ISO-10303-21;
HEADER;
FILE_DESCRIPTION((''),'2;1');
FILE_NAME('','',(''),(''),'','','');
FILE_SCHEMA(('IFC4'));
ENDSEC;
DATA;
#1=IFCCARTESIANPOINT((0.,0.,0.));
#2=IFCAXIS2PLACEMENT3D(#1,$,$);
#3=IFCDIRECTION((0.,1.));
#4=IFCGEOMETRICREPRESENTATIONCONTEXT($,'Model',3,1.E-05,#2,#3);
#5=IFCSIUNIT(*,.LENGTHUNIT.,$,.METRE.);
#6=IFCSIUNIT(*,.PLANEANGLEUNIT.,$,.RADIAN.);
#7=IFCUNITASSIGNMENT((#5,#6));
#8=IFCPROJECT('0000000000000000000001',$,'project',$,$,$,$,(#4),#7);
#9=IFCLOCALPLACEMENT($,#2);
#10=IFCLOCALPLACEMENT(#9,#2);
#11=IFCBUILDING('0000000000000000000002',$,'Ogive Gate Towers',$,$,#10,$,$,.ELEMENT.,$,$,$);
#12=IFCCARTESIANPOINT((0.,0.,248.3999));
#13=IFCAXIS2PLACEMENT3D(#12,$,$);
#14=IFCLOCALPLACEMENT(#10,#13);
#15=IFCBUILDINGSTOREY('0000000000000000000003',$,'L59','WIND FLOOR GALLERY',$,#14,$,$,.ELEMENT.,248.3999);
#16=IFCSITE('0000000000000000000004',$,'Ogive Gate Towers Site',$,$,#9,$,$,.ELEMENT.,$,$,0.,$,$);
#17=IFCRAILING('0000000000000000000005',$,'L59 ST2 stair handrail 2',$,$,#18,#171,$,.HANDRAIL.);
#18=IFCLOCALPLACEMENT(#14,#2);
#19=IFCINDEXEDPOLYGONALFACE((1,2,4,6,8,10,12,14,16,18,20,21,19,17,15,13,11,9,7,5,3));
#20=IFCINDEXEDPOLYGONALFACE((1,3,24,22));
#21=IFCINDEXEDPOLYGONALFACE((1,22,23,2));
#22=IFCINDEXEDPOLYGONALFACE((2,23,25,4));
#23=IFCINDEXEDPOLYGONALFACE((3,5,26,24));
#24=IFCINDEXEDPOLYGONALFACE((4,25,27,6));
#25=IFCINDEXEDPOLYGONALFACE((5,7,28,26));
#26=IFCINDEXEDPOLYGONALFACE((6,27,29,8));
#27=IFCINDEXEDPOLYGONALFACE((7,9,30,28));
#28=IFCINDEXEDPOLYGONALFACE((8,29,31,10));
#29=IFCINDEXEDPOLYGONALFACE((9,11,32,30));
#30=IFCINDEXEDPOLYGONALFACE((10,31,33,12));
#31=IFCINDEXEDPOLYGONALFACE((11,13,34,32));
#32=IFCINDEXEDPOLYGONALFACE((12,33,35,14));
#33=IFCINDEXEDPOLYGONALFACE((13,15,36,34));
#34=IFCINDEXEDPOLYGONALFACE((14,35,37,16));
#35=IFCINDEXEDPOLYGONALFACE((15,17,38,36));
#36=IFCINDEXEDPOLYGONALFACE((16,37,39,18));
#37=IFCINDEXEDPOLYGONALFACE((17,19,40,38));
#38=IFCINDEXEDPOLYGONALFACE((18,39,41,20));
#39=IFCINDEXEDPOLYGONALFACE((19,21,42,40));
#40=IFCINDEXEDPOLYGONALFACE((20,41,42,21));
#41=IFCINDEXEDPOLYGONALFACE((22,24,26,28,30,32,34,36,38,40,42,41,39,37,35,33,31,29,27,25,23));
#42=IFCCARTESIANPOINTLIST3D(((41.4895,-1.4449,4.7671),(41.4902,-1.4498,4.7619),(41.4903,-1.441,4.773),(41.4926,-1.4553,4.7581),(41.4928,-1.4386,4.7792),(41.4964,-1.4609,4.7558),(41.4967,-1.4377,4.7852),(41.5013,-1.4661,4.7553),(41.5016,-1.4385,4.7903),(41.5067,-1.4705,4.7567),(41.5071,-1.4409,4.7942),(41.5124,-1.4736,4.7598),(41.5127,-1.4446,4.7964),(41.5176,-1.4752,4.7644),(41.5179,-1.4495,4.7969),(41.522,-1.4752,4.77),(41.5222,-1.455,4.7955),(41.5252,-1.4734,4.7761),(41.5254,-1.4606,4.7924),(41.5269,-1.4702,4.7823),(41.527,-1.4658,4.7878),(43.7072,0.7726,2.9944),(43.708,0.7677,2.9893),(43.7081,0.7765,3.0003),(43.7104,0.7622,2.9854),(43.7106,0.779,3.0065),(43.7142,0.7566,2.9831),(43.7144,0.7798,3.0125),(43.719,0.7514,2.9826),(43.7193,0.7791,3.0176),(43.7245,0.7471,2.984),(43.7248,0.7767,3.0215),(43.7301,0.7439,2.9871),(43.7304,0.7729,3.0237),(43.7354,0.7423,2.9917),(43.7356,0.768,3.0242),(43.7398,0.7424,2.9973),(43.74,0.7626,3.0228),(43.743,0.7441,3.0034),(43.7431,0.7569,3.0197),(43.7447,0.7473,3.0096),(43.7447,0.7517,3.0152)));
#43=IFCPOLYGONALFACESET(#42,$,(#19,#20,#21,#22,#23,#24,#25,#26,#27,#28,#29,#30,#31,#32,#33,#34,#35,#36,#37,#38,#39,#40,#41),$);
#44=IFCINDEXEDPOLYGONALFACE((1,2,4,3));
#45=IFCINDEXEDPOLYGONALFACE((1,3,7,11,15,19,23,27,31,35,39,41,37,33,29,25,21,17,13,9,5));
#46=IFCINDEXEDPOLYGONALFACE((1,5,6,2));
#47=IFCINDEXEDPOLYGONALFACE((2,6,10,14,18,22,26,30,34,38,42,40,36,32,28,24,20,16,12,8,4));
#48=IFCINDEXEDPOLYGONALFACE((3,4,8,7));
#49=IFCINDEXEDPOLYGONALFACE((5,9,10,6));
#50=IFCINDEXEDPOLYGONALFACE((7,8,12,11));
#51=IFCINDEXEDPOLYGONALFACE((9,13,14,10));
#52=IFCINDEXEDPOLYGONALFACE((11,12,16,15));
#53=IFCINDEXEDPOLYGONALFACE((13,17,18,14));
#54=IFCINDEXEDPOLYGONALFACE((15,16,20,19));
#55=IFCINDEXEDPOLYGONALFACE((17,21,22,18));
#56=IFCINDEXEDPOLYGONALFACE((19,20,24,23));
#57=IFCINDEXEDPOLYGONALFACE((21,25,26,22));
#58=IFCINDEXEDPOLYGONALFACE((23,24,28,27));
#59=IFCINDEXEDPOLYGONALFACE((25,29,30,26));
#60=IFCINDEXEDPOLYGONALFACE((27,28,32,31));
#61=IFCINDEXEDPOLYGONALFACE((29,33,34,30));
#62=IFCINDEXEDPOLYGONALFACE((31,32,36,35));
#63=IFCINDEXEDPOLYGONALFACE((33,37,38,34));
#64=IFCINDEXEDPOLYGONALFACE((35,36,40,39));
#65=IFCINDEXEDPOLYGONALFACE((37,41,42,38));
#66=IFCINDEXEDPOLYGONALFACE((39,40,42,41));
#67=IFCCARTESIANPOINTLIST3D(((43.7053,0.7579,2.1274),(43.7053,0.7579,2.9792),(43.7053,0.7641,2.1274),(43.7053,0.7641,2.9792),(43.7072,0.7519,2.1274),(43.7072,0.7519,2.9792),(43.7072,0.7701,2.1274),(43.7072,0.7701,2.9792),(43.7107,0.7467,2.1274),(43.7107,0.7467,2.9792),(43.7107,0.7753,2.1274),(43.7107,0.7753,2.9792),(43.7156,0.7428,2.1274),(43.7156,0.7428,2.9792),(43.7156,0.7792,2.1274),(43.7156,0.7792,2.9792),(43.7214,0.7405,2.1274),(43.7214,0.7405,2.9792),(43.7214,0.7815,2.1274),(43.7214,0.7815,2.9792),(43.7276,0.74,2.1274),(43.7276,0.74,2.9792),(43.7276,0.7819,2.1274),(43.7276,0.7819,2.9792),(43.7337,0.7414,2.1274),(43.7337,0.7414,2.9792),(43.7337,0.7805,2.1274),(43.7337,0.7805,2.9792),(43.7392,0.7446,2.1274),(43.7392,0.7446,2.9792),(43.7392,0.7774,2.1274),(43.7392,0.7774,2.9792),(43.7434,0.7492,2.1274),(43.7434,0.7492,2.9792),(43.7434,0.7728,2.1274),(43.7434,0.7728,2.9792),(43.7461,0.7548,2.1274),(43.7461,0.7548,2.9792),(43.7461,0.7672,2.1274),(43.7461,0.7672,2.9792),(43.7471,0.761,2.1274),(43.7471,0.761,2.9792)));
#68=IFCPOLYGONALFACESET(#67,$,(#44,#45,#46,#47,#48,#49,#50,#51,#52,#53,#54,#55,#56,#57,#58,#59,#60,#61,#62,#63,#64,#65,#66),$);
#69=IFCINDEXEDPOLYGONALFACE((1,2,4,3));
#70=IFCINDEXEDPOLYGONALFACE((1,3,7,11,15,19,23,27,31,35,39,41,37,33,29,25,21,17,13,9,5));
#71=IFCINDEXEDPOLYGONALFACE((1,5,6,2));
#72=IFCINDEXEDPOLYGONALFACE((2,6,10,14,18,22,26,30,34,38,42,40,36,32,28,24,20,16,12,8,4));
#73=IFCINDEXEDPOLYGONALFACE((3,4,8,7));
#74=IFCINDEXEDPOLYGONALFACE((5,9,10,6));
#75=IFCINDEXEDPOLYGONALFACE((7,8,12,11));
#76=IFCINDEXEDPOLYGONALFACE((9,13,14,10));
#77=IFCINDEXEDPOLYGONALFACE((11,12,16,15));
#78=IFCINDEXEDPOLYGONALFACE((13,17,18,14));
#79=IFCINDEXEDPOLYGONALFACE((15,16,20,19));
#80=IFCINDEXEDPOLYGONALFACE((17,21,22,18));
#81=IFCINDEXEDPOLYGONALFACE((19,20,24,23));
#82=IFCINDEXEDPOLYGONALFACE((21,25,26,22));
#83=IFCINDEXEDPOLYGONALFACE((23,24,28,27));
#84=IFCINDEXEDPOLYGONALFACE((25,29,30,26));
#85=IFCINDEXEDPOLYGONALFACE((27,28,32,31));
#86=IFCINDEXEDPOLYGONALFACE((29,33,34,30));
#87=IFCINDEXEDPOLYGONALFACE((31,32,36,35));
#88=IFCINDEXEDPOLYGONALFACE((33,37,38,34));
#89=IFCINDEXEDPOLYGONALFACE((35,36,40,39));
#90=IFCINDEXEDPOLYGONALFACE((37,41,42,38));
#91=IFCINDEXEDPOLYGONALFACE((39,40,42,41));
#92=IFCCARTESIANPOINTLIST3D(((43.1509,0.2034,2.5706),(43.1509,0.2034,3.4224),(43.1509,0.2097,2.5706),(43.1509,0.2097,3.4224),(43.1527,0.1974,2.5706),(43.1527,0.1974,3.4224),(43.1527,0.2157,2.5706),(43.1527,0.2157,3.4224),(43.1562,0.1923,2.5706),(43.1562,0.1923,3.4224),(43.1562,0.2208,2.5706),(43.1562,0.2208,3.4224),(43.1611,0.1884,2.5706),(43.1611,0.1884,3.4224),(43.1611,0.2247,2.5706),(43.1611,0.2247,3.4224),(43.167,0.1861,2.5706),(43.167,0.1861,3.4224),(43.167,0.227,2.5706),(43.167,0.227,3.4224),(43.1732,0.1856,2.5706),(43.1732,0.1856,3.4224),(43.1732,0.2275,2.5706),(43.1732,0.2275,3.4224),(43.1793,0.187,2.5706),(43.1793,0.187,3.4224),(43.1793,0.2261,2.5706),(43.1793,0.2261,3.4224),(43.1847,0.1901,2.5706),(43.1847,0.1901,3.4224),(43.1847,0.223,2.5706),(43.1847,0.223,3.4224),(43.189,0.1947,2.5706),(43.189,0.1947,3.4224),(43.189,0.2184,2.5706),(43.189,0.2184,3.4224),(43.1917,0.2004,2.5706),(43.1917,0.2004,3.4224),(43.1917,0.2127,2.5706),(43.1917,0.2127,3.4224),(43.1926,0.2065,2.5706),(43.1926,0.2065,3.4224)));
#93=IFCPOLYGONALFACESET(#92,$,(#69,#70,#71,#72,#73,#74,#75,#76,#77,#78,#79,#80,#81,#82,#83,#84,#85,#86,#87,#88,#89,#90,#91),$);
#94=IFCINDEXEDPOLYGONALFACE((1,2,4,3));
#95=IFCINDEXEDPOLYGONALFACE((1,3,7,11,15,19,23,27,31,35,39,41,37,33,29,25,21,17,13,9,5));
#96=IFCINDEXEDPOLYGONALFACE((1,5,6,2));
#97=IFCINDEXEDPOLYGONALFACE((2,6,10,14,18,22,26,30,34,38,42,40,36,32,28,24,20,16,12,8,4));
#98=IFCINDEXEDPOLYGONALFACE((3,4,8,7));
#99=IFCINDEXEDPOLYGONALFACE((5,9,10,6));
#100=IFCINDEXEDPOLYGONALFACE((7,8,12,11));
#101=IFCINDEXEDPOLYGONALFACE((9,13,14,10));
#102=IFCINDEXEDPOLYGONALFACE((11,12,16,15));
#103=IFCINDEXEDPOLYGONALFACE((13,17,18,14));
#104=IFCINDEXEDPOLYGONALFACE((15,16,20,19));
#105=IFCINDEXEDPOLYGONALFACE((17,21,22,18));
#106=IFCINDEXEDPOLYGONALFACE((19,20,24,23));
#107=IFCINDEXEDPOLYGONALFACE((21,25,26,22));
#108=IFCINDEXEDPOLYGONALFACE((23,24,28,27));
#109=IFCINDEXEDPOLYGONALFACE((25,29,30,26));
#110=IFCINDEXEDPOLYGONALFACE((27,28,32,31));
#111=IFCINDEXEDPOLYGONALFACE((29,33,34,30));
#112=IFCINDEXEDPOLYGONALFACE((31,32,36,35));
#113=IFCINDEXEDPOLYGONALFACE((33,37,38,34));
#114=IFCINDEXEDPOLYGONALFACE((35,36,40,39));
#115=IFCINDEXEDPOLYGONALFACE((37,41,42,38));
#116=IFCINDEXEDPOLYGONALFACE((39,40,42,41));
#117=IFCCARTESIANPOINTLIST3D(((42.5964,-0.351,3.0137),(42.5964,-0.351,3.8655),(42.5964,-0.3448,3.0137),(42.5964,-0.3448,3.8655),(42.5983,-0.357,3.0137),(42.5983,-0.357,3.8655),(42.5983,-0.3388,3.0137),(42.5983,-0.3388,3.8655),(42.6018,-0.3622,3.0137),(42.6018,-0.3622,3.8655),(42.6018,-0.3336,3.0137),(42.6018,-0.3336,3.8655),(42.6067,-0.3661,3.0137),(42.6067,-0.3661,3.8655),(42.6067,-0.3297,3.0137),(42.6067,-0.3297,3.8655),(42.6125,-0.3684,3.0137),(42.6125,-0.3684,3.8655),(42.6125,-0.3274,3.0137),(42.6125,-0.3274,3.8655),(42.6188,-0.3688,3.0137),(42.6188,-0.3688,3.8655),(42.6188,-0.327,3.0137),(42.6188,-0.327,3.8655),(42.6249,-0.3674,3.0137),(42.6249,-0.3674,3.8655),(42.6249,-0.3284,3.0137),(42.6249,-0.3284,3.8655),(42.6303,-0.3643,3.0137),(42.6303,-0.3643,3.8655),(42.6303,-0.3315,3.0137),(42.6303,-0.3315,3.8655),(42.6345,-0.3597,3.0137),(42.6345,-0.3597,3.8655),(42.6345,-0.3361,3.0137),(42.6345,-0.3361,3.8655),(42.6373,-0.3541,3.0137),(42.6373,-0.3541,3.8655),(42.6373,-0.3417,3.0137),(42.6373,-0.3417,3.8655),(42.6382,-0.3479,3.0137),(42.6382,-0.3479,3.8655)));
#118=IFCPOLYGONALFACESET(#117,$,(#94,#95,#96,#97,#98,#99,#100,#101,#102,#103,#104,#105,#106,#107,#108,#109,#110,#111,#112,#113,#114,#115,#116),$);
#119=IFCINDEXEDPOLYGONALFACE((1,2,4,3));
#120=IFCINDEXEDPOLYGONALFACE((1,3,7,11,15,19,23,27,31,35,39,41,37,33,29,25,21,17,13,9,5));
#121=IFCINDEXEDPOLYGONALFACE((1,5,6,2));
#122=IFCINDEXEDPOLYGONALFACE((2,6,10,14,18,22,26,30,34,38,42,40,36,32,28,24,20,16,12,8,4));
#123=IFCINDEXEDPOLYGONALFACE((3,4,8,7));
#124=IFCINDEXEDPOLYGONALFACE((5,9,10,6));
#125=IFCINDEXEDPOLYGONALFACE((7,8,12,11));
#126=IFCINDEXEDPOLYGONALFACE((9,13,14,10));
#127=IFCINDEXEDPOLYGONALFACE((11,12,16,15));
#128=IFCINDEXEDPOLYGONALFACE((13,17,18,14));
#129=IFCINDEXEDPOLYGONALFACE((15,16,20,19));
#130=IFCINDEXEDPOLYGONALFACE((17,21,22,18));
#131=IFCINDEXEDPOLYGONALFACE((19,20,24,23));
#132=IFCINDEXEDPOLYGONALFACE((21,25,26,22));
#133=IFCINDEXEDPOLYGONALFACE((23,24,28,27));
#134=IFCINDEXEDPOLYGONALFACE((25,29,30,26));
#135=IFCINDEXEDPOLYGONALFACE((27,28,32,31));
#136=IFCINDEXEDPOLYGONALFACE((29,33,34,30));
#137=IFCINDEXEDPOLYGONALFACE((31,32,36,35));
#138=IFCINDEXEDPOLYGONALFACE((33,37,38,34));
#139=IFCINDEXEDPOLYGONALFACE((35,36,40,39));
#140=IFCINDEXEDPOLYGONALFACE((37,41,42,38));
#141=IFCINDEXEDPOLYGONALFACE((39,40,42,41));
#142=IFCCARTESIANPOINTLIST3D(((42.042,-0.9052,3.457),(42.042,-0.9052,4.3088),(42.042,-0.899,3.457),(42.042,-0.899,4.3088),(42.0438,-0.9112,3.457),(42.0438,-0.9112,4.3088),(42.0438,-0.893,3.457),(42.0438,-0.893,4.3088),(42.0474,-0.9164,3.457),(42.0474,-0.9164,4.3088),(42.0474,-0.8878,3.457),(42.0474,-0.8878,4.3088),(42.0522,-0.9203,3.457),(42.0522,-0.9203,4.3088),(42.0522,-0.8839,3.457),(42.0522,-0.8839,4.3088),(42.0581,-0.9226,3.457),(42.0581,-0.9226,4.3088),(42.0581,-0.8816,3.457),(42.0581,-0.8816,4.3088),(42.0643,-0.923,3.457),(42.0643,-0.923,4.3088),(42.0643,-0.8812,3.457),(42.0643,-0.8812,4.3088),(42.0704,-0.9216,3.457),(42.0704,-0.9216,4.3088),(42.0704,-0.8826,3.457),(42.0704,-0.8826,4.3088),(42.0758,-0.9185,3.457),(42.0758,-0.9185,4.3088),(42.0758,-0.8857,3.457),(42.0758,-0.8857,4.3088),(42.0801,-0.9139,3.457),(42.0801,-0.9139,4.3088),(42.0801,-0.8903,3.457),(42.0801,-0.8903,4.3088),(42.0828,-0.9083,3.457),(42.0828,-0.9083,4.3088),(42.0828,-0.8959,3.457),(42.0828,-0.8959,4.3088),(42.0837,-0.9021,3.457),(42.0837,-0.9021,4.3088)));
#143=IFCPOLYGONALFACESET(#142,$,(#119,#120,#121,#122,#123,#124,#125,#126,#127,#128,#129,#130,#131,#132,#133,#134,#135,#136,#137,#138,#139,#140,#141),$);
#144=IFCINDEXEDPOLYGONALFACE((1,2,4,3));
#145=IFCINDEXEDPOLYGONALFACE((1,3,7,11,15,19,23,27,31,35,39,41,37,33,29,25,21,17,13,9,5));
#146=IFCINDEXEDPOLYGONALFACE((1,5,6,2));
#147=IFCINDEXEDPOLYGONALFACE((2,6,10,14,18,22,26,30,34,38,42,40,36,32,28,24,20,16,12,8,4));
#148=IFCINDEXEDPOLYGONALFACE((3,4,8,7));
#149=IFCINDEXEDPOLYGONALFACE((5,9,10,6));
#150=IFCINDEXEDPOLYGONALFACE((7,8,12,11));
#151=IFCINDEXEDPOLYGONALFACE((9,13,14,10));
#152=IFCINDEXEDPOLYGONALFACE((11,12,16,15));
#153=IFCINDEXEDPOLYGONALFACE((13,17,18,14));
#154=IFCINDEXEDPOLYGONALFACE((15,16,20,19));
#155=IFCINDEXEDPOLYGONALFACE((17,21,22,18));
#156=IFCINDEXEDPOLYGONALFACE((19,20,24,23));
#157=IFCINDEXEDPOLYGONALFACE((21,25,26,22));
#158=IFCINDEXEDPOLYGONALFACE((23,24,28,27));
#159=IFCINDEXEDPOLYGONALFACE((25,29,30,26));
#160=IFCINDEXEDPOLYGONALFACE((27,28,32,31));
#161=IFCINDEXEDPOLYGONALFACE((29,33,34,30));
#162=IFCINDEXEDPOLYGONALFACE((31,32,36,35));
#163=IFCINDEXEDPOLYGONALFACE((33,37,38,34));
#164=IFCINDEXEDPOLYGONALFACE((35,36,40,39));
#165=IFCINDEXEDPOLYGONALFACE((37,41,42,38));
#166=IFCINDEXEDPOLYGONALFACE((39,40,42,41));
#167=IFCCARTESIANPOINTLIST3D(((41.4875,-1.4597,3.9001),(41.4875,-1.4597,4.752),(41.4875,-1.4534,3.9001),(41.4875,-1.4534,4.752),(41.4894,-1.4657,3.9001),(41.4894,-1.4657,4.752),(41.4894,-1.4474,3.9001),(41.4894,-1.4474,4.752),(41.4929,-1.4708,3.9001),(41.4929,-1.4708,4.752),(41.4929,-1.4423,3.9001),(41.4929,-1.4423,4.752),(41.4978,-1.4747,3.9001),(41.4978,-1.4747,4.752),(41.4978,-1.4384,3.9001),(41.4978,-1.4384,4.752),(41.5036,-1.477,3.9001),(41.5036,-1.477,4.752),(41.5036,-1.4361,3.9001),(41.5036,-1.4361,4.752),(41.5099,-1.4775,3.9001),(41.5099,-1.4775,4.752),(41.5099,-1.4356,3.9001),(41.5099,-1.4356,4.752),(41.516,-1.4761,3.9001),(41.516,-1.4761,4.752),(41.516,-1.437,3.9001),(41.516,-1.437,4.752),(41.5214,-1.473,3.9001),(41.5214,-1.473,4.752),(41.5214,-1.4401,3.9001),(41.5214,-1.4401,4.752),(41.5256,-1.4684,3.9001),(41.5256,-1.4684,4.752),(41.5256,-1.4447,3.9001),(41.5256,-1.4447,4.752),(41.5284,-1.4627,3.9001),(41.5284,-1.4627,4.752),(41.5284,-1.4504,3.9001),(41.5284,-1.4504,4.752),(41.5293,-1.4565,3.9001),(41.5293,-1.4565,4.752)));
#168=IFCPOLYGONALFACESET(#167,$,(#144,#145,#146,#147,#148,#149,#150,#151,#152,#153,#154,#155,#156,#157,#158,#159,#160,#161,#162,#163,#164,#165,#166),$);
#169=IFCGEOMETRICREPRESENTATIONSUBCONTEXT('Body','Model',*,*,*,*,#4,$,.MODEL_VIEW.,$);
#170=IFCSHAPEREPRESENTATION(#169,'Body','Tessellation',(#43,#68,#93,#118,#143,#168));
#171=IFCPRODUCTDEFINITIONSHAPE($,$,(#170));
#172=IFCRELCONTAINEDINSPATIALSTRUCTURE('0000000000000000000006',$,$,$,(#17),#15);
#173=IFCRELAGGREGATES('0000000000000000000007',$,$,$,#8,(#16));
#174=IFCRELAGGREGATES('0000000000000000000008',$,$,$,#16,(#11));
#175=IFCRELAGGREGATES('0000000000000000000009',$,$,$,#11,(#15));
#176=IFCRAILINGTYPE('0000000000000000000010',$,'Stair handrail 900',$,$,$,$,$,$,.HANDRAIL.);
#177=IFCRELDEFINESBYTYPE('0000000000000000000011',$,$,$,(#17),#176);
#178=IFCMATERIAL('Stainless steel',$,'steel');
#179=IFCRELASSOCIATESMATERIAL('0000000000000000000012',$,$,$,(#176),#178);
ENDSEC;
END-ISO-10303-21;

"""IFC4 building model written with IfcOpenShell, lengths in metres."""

from ifc_helpers import new_model, si_unit, direction, frame, origin, origin_2d, place, context, subcontext, project, spatial, circle, extrude, material, type_object, element, save


model = new_model("IFC4")

# Units and contexts
model_context = context("Model", 3, precision=1e-05, world=origin(), true_north=direction((0.0, 1.0)))
body_context = subcontext(model_context, "Body", "Model", "MODEL_VIEW")
ifc_project = project(units=[si_unit("LENGTHUNIT", "METRE"), si_unit("PLANEANGLEUNIT", "RADIAN")], contexts=[model_context])

# Site, building, storey
site_placement = place(None, origin())
site = spatial("IfcSite", under=ifc_project, at=site_placement, Name="Ogive Gate Towers Site", CompositionType="ELEMENT", RefElevation=0.0)
building_placement = place(site_placement, origin())
building = spatial("IfcBuilding", under=site, at=building_placement, Name="Ogive Gate Towers", CompositionType="ELEMENT")
storey_placement = place(building_placement, frame((0.0, 0.0, 248.3999)))
storey = spatial("IfcBuildingStorey", under=building, at=storey_placement, Name="L59", Description="WIND FLOOR GALLERY", CompositionType="ELEMENT", Elevation=248.3999)

# Railing
ifc_material_1 = material(Name="Stainless steel", Category="steel")
railing_type_1 = type_object("IfcRailingType", Name="Stair handrail 900", PredefinedType="HANDRAIL", material=ifc_material_1)
for number, where, name in (
    (1, (43.7261, 0.761, 2.1274), "L59 ST2 stair handrail 2"),
):
    element("IfcRailing", number, at=place(storey_placement, frame(where)), inside=storey, type_object=railing_type_1, Name=name, PredefinedType="HANDRAIL", context=body_context, shape_type="SweptSolid", body=[
        extrude(circle(Radius=0.0239, at=origin_2d()), frame((0.0, 0.0, 0.876), z_axis=(-0.61561, -0.615543, 0.492068), x_axis=(0.707068, -0.707146, 0.0)), (0.0, 0.0, 1.0), 3.6025),
        extrude(circle(Radius=0.021, at=origin_2d()), origin(), (0.0, 0.0, 1.0), 0.8518),
        extrude(circle(Radius=0.021, at=origin_2d()), frame((-0.5544, -0.5544, 0.4431)), (0.0, 0.0, 1.0), 0.8518),
        extrude(circle(Radius=0.021, at=origin_2d()), frame((-1.1089, -1.1089, 0.8862)), (0.0, 0.0, 1.0), 0.8518),
        extrude(circle(Radius=0.021, at=origin_2d()), frame((-1.6633, -1.6631, 1.3296)), (0.0, 0.0, 1.0), 0.8518),
        extrude(circle(Radius=0.021, at=origin_2d()), frame((-2.2178, -2.2175, 1.7727)), (0.0, 0.0, 1.0), 0.8518),
    ])

save(model, "model.ifc")
